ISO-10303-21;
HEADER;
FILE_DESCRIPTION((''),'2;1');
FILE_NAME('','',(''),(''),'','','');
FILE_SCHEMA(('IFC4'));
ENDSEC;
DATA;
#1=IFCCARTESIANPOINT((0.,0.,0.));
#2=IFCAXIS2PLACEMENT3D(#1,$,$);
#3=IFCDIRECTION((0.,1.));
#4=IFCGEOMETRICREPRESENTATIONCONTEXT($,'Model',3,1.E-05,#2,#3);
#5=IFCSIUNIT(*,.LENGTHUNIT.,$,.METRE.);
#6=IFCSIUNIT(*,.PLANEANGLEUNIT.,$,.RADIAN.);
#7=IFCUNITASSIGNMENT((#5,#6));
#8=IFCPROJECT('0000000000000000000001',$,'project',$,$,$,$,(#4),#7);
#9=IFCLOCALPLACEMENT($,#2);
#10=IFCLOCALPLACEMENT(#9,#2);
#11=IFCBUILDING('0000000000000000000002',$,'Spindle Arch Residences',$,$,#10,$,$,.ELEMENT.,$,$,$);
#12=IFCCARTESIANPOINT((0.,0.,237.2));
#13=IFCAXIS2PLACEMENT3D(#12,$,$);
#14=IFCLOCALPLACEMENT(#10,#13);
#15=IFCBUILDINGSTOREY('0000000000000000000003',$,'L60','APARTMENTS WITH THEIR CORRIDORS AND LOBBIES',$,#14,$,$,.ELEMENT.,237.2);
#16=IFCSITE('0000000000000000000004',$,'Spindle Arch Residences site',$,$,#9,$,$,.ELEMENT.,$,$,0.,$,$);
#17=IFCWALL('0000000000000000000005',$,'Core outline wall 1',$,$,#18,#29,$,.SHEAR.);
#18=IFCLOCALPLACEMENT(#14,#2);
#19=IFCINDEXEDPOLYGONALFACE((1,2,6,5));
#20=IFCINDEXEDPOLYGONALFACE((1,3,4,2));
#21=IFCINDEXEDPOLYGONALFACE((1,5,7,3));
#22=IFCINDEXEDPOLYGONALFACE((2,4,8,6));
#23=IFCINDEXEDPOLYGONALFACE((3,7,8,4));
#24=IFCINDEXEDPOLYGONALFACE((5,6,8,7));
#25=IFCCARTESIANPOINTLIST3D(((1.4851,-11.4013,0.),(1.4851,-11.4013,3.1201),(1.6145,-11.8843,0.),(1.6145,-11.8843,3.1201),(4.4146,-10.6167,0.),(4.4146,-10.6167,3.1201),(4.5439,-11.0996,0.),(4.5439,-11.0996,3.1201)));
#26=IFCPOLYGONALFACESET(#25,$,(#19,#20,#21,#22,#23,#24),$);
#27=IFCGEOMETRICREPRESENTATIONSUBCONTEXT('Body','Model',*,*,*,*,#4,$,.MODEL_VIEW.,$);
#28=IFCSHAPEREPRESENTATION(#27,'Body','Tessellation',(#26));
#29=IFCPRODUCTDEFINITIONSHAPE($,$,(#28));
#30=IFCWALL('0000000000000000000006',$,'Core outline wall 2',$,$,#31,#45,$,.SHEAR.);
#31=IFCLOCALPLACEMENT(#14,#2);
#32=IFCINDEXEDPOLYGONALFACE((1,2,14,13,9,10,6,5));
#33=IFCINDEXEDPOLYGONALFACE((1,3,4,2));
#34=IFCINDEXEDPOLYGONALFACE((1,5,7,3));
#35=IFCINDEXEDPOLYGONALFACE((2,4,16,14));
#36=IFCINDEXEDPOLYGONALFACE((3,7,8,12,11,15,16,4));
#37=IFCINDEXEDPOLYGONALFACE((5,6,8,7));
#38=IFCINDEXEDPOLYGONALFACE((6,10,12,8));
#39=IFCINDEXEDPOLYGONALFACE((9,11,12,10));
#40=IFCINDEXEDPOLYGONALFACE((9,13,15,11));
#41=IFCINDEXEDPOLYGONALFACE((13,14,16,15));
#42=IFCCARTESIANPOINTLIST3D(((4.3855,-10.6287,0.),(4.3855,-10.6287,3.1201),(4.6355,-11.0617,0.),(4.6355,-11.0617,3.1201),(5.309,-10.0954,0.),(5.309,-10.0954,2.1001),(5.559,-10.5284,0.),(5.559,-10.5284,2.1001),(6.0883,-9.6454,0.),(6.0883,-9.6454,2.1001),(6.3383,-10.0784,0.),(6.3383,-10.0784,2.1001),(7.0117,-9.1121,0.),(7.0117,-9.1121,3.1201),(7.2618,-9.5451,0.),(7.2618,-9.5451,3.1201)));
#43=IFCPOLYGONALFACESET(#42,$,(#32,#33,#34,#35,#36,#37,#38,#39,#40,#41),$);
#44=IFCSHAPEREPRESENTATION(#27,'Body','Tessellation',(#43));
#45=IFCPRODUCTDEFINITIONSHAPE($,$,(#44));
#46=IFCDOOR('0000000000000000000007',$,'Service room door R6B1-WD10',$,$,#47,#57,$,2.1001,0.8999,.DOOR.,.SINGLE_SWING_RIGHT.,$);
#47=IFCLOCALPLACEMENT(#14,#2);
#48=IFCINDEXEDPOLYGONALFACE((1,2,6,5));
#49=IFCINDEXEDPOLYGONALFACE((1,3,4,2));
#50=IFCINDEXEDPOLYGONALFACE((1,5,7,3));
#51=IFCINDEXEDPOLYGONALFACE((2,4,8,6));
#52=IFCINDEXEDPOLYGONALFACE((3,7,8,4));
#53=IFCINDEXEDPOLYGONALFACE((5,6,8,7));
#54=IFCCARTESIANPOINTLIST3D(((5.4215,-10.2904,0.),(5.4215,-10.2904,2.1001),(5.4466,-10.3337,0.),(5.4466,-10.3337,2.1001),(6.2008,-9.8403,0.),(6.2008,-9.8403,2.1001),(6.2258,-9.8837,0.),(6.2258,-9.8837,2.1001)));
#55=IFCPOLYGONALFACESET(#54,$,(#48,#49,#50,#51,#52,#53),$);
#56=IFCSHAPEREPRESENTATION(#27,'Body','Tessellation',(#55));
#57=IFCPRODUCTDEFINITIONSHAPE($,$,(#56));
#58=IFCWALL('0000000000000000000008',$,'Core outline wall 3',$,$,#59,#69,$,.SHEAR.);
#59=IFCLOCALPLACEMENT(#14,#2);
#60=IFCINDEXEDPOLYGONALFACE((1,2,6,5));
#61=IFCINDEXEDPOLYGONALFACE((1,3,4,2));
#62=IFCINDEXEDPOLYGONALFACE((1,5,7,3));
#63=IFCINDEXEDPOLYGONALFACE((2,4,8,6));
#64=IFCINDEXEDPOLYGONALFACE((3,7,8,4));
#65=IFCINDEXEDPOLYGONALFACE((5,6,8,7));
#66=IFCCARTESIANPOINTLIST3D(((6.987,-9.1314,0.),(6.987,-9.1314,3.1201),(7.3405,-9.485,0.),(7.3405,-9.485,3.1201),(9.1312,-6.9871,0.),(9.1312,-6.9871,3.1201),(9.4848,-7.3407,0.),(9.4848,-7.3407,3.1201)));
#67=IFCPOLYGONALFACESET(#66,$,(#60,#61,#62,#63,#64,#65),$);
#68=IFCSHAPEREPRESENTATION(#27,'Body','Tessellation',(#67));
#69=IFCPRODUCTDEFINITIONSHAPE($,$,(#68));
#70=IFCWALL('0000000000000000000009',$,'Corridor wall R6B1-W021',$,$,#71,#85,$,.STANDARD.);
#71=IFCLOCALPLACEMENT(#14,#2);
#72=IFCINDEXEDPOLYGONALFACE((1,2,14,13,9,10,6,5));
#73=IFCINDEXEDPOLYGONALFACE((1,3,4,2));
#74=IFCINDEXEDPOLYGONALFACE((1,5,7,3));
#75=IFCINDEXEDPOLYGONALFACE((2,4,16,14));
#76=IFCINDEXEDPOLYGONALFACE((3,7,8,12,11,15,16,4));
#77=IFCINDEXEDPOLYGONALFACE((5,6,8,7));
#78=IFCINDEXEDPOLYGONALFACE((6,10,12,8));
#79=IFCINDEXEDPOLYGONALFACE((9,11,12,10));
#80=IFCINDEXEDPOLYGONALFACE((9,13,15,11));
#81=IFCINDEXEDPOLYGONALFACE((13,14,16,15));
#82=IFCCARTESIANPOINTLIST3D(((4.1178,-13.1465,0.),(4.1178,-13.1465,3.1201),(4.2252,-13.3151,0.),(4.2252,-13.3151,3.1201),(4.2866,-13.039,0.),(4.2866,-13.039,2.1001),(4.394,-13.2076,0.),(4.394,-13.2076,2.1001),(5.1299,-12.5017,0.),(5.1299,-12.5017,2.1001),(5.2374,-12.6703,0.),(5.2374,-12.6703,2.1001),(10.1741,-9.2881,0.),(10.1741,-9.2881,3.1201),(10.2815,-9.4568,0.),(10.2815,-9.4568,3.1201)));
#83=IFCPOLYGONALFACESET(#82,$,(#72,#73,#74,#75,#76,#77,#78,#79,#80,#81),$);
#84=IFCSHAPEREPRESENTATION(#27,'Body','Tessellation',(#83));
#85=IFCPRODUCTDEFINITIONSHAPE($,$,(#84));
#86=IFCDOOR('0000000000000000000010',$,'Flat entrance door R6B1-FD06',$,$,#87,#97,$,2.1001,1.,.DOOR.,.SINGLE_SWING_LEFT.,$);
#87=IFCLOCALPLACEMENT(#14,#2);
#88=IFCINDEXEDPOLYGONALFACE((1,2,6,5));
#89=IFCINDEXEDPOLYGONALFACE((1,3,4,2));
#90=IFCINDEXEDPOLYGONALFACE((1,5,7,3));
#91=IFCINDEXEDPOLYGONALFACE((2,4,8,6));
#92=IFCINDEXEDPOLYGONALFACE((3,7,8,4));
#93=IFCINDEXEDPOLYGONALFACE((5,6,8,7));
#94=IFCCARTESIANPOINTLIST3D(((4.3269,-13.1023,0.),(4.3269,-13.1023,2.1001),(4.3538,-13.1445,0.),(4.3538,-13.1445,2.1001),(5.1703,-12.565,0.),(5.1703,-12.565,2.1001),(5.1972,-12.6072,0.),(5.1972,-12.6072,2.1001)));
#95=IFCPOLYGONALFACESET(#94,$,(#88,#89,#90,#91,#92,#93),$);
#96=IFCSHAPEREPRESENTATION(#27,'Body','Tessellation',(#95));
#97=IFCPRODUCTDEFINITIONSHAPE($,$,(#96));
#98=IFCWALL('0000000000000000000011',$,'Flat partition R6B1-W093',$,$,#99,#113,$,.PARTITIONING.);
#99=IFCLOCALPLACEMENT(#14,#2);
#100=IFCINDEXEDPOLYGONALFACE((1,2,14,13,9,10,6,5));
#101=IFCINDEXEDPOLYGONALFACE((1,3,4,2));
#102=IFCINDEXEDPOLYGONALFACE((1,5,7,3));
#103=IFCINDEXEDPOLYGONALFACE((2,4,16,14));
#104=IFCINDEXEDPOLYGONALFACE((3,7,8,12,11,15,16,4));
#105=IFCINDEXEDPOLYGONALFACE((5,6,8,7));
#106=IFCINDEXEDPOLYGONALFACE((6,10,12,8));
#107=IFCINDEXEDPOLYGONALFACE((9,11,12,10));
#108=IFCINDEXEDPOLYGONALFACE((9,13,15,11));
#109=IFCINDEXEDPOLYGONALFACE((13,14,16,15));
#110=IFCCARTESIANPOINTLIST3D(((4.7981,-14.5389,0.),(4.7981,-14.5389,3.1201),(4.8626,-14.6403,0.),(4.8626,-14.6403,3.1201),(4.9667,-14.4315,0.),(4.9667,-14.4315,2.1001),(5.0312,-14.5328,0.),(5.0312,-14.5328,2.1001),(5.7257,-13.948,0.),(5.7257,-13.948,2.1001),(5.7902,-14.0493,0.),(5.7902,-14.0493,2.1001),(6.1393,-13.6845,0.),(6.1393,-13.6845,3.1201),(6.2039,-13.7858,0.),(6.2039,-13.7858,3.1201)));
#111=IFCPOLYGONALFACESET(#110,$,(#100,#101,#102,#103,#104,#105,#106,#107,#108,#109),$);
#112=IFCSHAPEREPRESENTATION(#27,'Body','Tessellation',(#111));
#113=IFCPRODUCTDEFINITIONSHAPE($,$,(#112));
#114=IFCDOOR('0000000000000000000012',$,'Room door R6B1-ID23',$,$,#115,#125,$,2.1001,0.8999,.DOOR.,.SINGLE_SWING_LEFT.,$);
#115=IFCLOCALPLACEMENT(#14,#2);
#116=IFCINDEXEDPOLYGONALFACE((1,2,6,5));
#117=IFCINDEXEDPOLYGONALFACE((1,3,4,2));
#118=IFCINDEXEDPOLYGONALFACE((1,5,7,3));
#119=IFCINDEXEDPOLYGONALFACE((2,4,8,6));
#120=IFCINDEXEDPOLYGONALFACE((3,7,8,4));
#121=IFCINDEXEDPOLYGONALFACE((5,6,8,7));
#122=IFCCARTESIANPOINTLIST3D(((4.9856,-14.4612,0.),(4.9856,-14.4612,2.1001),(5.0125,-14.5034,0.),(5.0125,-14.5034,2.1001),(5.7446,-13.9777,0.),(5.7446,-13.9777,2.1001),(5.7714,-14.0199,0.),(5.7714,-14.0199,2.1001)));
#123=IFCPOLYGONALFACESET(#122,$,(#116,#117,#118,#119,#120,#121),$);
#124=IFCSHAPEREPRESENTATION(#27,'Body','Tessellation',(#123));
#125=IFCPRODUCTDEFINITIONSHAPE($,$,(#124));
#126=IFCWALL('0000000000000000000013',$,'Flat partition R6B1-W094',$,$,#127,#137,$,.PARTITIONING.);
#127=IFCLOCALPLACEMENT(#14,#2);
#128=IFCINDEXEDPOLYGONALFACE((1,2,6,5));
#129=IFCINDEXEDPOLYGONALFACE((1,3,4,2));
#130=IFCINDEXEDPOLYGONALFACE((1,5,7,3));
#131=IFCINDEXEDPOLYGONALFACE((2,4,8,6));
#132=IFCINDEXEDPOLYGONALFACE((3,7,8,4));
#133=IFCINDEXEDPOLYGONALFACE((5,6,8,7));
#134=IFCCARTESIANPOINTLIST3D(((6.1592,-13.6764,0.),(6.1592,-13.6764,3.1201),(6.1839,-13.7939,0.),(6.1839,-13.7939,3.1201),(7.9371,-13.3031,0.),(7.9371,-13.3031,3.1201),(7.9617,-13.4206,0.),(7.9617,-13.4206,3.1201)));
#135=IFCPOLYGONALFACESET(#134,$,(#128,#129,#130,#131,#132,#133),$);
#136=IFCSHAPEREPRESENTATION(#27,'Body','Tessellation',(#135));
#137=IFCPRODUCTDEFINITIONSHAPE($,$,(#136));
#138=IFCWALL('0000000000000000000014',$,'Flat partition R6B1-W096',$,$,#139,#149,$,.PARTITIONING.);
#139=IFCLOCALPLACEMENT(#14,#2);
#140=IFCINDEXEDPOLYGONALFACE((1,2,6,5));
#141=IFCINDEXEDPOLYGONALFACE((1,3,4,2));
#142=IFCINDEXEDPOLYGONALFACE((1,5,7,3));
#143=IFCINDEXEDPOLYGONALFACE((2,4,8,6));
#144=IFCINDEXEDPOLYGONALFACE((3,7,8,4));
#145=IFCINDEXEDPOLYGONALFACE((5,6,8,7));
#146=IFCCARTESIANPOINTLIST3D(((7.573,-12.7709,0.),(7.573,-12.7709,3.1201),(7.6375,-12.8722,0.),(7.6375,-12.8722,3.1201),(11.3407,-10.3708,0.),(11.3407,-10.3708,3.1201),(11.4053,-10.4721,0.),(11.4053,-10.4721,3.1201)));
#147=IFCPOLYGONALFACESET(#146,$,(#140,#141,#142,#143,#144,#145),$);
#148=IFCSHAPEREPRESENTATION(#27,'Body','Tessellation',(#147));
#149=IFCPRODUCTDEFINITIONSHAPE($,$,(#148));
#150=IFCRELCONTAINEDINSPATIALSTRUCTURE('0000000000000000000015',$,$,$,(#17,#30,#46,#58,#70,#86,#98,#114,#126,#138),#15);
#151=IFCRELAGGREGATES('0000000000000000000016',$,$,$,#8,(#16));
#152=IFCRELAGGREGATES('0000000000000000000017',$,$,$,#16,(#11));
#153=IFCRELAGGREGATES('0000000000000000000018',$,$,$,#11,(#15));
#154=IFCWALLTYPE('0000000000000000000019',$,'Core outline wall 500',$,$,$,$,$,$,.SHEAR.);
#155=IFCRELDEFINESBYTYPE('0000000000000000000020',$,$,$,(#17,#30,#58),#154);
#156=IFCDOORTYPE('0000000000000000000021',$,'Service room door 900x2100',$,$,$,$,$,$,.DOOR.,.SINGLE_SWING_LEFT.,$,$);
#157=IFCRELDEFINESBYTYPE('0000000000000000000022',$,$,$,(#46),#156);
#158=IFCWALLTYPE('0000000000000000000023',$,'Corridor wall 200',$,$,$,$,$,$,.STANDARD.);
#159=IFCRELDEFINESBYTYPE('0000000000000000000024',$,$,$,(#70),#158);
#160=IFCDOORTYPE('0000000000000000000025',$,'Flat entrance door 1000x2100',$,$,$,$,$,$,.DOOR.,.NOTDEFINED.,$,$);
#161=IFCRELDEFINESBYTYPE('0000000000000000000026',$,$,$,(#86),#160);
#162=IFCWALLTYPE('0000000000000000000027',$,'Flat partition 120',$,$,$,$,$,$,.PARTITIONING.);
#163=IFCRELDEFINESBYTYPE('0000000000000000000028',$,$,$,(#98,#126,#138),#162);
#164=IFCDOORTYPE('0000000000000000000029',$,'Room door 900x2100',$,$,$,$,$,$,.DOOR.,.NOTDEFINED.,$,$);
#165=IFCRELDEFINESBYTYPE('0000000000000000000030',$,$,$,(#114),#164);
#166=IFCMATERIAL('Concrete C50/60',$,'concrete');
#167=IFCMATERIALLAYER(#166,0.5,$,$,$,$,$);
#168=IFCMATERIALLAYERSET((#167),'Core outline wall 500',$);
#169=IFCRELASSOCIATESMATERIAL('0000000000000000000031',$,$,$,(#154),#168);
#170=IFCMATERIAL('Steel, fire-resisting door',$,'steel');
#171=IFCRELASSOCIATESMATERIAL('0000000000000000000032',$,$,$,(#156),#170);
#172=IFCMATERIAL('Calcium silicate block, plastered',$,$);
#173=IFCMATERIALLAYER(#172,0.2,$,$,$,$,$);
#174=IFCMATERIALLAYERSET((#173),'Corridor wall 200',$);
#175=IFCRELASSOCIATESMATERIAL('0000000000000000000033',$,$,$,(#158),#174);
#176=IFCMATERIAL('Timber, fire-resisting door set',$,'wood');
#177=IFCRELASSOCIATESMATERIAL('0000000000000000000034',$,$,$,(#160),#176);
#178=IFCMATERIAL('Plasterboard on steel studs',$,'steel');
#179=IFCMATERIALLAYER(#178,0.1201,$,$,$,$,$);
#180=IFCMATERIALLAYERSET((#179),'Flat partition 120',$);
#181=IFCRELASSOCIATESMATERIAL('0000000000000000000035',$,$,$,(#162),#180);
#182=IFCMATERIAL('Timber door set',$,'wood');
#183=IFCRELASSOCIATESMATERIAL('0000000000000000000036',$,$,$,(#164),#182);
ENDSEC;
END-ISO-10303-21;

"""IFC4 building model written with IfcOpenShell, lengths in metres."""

from ifc_helpers import new_model, si_unit, direction, frame, frame_2d, origin, place, context, subcontext, project, spatial, rectangle, extrude, material, layer, layer_set, type_object, element, fill, save


model = new_model("IFC4")

# Units and contexts
model_context = context("Model", 3, precision=1e-05, world=origin(), true_north=direction((0.0, 1.0)))
body_context = subcontext(model_context, "Body", "Model", "MODEL_VIEW")
ifc_project = project(units=[si_unit("LENGTHUNIT", "METRE"), si_unit("PLANEANGLEUNIT", "RADIAN")], contexts=[model_context])

# Site, building, storey
site_placement = place(None, origin())
site = spatial("IfcSite", under=ifc_project, at=site_placement, Name="Spindle Arch Residences site", CompositionType="ELEMENT", RefElevation=0.0)
building_placement = place(site_placement, origin())
building = spatial("IfcBuilding", under=site, at=building_placement, Name="Spindle Arch Residences", CompositionType="ELEMENT")
storey_placement = place(building_placement, frame((0.0, 0.0, 237.2)))
storey = spatial("IfcBuildingStorey", under=building, at=storey_placement, Name="L60", Description="APARTMENTS WITH THEIR CORRIDORS AND LOBBIES", CompositionType="ELEMENT", Elevation=237.2)

# Wall
ifc_material_1 = material(Name="Concrete C50/60", Category="concrete")
ifc_layer_1 = layer(ifc_material_1, 0.5)
ifc_layer_set_1 = layer_set([ifc_layer_1], Name="Core outline wall 500")
wall_type_1 = type_object("IfcWallType", Name="Core outline wall 500", PredefinedType="SHEAR", material=ifc_layer_set_1)
wall_1_placement = place(storey_placement, frame((1.5498, -11.6428, 0.0), z_axis=(0.0, 0.0, 1.0), x_axis=(0.965948, 0.258735, 0.0)))
element("IfcWall", 1, at=wall_1_placement, inside=storey, type_object=wall_type_1, Name="Core outline wall 1", PredefinedType="SHEAR", context=body_context, shape_type="SweptSolid", body=[
    extrude(rectangle(XDim=3.0327, YDim=0.5, at=frame_2d((1.5164, 0.0))), origin(), (0.0, 0.0, 1.0), 3.1201),
])

# Wall, opening, door
wall_2_placement = place(storey_placement, frame((4.5105, -10.8452, 0.0), z_axis=(0.0, 0.0, 1.0), x_axis=(0.865975, 0.500087, 0.0)))
wall_2 = element("IfcWall", 2, at=wall_2_placement, inside=storey, type_object=wall_type_1, Name="Core outline wall 2", PredefinedType="SHEAR", context=body_context, shape_type="SweptSolid", body=[
    extrude(rectangle(XDim=3.0327, YDim=0.5, at=frame_2d((1.5164, 0.0))), origin(), (0.0, 0.0, 1.0), 3.1201),
])
opening_1_placement = place(wall_2_placement, frame((1.0664, 0.0, 0.0)))
opening_1 = element("IfcOpeningElement", 3, at=opening_1_placement, cuts=wall_2, PredefinedType="OPENING", context=body_context, shape_type="SweptSolid", body=[
    extrude(rectangle(XDim=0.8999, YDim=2.1001, at=frame_2d((0.45, 1.05))), frame((0.0, 0.26, 0.0), z_axis=(0.0, -1.0, 0.0), x_axis=(1.0, 0.0, 0.0)), (0.0, 0.0, 1.0), 0.52),
])
ifc_material_2 = material(Name="Steel, fire-resisting door", Category="steel")
door_type_1 = type_object("IfcDoorType", Name="Service room door 900x2100", OperationType="SINGLE_SWING_LEFT", PredefinedType="DOOR", material=ifc_material_2)
door_1_placement = place(opening_1_placement, origin())
door_1 = element("IfcDoor", 4, at=door_1_placement, inside=storey, type_object=door_type_1, Name="Service room door R6B1-WD10", OperationType="SINGLE_SWING_RIGHT", OverallHeight=2.1001, OverallWidth=0.8999, PredefinedType="DOOR", context=body_context, shape_type="SweptSolid", body=[
    extrude(rectangle(XDim=0.8999, YDim=2.1001, at=frame_2d((0.45, 1.05))), frame((0.0, 0.0249, 0.0), z_axis=(0.0, -1.0, 0.0), x_axis=(1.0, 0.0, 0.0)), (0.0, 0.0, 1.0), 0.05),
])
fill(opening_1, door_1)

# Wall
wall_3_placement = place(storey_placement, frame((7.1638, -9.3081, 0.0), z_axis=(0.0, 0.0, 1.0), x_axis=(0.707107, 0.707107, 0.0)))
element("IfcWall", 5, at=wall_3_placement, inside=storey, type_object=wall_type_1, Name="Core outline wall 3", PredefinedType="SHEAR", context=body_context, shape_type="SweptSolid", body=[
    extrude(rectangle(XDim=3.0325, YDim=0.5, at=frame_2d((1.5161, 0.0))), origin(), (0.0, 0.0, 1.0), 3.1201),
])

# Walls, openings, doors
ifc_material_3 = material(Name="Calcium silicate block, plastered")
ifc_layer_2 = layer(ifc_material_3, 0.2)
ifc_layer_set_2 = layer_set([ifc_layer_2], Name="Corridor wall 200")
wall_type_2 = type_object("IfcWallType", Name="Corridor wall 200", PredefinedType="STANDARD", material=ifc_layer_set_2)
wall_4_placement = place(storey_placement, frame((4.1716, -13.2307, 0.0), z_axis=(0.0, 0.0, 1.0), x_axis=(0.843388, 0.537304, 0.0)))
wall_4 = element("IfcWall", 6, at=wall_4_placement, inside=storey, type_object=wall_type_2, Name="Corridor wall R6B1-W021", PredefinedType="STANDARD", context=body_context, shape_type="SweptSolid", body=[
    extrude(rectangle(XDim=7.1809, YDim=0.2, at=frame_2d((3.5903, 0.0))), origin(), (0.0, 0.0, 1.0), 3.1201),
])
opening_2_placement = place(wall_4_placement, frame((0.2, 0.0, 0.0)))
opening_2 = element("IfcOpeningElement", 7, at=opening_2_placement, cuts=wall_4, PredefinedType="OPENING", context=body_context, shape_type="SweptSolid", body=[
    extrude(rectangle(XDim=1.0, YDim=2.1001, at=frame_2d((0.5, 1.05))), frame((0.0, 0.1099, 0.0), z_axis=(0.0, -1.0, 0.0), x_axis=(1.0, 0.0, 0.0)), (0.0, 0.0, 1.0), 0.22),
])
ifc_material_4 = material(Name="Timber, fire-resisting door set", Category="wood")
door_type_2 = type_object("IfcDoorType", Name="Flat entrance door 1000x2100", OperationType="NOTDEFINED", PredefinedType="DOOR", material=ifc_material_4)
door_2_placement = place(opening_2_placement, origin())
door_2 = element("IfcDoor", 8, at=door_2_placement, inside=storey, type_object=door_type_2, Name="Flat entrance door R6B1-FD06", OperationType="SINGLE_SWING_LEFT", OverallHeight=2.1001, OverallWidth=1.0, PredefinedType="DOOR", context=body_context, shape_type="SweptSolid", body=[
    extrude(rectangle(XDim=1.0, YDim=2.1001, at=frame_2d((0.5, 1.05))), frame((0.0, 0.0249, 0.0), z_axis=(0.0, -1.0, 0.0), x_axis=(1.0, 0.0, 0.0)), (0.0, 0.0, 1.0), 0.05),
])
fill(opening_2, door_2)
ifc_material_5 = material(Name="Plasterboard on steel studs", Category="steel")
ifc_layer_3 = layer(ifc_material_5, 0.1201)
ifc_layer_set_3 = layer_set([ifc_layer_3], Name="Flat partition 120")
wall_type_3 = type_object("IfcWallType", Name="Flat partition 120", PredefinedType="PARTITIONING", material=ifc_layer_set_3)
wall_5_placement = place(storey_placement, frame((4.8303, -14.5896, 0.0), z_axis=(0.0, 0.0, 1.0), x_axis=(0.843396, 0.537293, 0.0)))
wall_5 = element("IfcWall", 9, at=wall_5_placement, inside=storey, type_object=wall_type_3, Name="Flat partition R6B1-W093", PredefinedType="PARTITIONING", context=body_context, shape_type="SweptSolid", body=[
    extrude(rectangle(XDim=1.5903, YDim=0.1201, at=frame_2d((0.7952, 0.0))), origin(), (0.0, 0.0, 1.0), 3.1201),
])
opening_3_placement = place(wall_5_placement, frame((0.2, 0.0, 0.0)))
opening_3 = element("IfcOpeningElement", 10, at=opening_3_placement, cuts=wall_5, PredefinedType="OPENING", context=body_context, shape_type="SweptSolid", body=[
    extrude(rectangle(XDim=0.8999, YDim=2.1001, at=frame_2d((0.45, 1.05))), frame((0.0, 0.0701, 0.0), z_axis=(0.0, -1.0, 0.0), x_axis=(1.0, 0.0, 0.0)), (0.0, 0.0, 1.0), 0.1401),
])
ifc_material_6 = material(Name="Timber door set", Category="wood")
door_type_3 = type_object("IfcDoorType", Name="Room door 900x2100", OperationType="NOTDEFINED", PredefinedType="DOOR", material=ifc_material_6)
door_3_placement = place(opening_3_placement, origin())
door_3 = element("IfcDoor", 11, at=door_3_placement, inside=storey, type_object=door_type_3, Name="Room door R6B1-ID23", OperationType="SINGLE_SWING_LEFT", OverallHeight=2.1001, OverallWidth=0.8999, PredefinedType="DOOR", context=body_context, shape_type="SweptSolid", body=[
    extrude(rectangle(XDim=0.8999, YDim=2.1001, at=frame_2d((0.45, 1.05))), frame((0.0, 0.0249, 0.0), z_axis=(0.0, -1.0, 0.0), x_axis=(1.0, 0.0, 0.0)), (0.0, 0.0, 1.0), 0.05),
])
fill(opening_3, door_3)

# Walls
wall_6_placement = place(storey_placement, frame((6.1716, -13.7351, 0.0), z_axis=(0.0, 0.0, 1.0), x_axis=(0.978659, 0.205489, 0.0)))
element("IfcWall", 12, at=wall_6_placement, inside=storey, type_object=wall_type_3, Name="Flat partition R6B1-W094", PredefinedType="PARTITIONING", context=body_context, shape_type="SweptSolid", body=[
    extrude(rectangle(XDim=1.8167, YDim=0.1201, at=frame_2d((0.9082, 0.0))), origin(), (0.0, 0.0, 1.0), 3.1201),
])
wall_7_placement = place(storey_placement, frame((7.6052, -12.8215, 0.0), z_axis=(0.0, 0.0, 1.0), x_axis=(0.843414, 0.537264, 0.0)))
element("IfcWall", 13, at=wall_7_placement, inside=storey, type_object=wall_type_3, Name="Flat partition R6B1-W096", PredefinedType="PARTITIONING", context=body_context, shape_type="SweptSolid", body=[
    extrude(rectangle(XDim=4.4673, YDim=0.1201, at=frame_2d((2.2336, 0.0))), origin(), (0.0, 0.0, 1.0), 3.1201),
])

save(model, "model.ifc")
